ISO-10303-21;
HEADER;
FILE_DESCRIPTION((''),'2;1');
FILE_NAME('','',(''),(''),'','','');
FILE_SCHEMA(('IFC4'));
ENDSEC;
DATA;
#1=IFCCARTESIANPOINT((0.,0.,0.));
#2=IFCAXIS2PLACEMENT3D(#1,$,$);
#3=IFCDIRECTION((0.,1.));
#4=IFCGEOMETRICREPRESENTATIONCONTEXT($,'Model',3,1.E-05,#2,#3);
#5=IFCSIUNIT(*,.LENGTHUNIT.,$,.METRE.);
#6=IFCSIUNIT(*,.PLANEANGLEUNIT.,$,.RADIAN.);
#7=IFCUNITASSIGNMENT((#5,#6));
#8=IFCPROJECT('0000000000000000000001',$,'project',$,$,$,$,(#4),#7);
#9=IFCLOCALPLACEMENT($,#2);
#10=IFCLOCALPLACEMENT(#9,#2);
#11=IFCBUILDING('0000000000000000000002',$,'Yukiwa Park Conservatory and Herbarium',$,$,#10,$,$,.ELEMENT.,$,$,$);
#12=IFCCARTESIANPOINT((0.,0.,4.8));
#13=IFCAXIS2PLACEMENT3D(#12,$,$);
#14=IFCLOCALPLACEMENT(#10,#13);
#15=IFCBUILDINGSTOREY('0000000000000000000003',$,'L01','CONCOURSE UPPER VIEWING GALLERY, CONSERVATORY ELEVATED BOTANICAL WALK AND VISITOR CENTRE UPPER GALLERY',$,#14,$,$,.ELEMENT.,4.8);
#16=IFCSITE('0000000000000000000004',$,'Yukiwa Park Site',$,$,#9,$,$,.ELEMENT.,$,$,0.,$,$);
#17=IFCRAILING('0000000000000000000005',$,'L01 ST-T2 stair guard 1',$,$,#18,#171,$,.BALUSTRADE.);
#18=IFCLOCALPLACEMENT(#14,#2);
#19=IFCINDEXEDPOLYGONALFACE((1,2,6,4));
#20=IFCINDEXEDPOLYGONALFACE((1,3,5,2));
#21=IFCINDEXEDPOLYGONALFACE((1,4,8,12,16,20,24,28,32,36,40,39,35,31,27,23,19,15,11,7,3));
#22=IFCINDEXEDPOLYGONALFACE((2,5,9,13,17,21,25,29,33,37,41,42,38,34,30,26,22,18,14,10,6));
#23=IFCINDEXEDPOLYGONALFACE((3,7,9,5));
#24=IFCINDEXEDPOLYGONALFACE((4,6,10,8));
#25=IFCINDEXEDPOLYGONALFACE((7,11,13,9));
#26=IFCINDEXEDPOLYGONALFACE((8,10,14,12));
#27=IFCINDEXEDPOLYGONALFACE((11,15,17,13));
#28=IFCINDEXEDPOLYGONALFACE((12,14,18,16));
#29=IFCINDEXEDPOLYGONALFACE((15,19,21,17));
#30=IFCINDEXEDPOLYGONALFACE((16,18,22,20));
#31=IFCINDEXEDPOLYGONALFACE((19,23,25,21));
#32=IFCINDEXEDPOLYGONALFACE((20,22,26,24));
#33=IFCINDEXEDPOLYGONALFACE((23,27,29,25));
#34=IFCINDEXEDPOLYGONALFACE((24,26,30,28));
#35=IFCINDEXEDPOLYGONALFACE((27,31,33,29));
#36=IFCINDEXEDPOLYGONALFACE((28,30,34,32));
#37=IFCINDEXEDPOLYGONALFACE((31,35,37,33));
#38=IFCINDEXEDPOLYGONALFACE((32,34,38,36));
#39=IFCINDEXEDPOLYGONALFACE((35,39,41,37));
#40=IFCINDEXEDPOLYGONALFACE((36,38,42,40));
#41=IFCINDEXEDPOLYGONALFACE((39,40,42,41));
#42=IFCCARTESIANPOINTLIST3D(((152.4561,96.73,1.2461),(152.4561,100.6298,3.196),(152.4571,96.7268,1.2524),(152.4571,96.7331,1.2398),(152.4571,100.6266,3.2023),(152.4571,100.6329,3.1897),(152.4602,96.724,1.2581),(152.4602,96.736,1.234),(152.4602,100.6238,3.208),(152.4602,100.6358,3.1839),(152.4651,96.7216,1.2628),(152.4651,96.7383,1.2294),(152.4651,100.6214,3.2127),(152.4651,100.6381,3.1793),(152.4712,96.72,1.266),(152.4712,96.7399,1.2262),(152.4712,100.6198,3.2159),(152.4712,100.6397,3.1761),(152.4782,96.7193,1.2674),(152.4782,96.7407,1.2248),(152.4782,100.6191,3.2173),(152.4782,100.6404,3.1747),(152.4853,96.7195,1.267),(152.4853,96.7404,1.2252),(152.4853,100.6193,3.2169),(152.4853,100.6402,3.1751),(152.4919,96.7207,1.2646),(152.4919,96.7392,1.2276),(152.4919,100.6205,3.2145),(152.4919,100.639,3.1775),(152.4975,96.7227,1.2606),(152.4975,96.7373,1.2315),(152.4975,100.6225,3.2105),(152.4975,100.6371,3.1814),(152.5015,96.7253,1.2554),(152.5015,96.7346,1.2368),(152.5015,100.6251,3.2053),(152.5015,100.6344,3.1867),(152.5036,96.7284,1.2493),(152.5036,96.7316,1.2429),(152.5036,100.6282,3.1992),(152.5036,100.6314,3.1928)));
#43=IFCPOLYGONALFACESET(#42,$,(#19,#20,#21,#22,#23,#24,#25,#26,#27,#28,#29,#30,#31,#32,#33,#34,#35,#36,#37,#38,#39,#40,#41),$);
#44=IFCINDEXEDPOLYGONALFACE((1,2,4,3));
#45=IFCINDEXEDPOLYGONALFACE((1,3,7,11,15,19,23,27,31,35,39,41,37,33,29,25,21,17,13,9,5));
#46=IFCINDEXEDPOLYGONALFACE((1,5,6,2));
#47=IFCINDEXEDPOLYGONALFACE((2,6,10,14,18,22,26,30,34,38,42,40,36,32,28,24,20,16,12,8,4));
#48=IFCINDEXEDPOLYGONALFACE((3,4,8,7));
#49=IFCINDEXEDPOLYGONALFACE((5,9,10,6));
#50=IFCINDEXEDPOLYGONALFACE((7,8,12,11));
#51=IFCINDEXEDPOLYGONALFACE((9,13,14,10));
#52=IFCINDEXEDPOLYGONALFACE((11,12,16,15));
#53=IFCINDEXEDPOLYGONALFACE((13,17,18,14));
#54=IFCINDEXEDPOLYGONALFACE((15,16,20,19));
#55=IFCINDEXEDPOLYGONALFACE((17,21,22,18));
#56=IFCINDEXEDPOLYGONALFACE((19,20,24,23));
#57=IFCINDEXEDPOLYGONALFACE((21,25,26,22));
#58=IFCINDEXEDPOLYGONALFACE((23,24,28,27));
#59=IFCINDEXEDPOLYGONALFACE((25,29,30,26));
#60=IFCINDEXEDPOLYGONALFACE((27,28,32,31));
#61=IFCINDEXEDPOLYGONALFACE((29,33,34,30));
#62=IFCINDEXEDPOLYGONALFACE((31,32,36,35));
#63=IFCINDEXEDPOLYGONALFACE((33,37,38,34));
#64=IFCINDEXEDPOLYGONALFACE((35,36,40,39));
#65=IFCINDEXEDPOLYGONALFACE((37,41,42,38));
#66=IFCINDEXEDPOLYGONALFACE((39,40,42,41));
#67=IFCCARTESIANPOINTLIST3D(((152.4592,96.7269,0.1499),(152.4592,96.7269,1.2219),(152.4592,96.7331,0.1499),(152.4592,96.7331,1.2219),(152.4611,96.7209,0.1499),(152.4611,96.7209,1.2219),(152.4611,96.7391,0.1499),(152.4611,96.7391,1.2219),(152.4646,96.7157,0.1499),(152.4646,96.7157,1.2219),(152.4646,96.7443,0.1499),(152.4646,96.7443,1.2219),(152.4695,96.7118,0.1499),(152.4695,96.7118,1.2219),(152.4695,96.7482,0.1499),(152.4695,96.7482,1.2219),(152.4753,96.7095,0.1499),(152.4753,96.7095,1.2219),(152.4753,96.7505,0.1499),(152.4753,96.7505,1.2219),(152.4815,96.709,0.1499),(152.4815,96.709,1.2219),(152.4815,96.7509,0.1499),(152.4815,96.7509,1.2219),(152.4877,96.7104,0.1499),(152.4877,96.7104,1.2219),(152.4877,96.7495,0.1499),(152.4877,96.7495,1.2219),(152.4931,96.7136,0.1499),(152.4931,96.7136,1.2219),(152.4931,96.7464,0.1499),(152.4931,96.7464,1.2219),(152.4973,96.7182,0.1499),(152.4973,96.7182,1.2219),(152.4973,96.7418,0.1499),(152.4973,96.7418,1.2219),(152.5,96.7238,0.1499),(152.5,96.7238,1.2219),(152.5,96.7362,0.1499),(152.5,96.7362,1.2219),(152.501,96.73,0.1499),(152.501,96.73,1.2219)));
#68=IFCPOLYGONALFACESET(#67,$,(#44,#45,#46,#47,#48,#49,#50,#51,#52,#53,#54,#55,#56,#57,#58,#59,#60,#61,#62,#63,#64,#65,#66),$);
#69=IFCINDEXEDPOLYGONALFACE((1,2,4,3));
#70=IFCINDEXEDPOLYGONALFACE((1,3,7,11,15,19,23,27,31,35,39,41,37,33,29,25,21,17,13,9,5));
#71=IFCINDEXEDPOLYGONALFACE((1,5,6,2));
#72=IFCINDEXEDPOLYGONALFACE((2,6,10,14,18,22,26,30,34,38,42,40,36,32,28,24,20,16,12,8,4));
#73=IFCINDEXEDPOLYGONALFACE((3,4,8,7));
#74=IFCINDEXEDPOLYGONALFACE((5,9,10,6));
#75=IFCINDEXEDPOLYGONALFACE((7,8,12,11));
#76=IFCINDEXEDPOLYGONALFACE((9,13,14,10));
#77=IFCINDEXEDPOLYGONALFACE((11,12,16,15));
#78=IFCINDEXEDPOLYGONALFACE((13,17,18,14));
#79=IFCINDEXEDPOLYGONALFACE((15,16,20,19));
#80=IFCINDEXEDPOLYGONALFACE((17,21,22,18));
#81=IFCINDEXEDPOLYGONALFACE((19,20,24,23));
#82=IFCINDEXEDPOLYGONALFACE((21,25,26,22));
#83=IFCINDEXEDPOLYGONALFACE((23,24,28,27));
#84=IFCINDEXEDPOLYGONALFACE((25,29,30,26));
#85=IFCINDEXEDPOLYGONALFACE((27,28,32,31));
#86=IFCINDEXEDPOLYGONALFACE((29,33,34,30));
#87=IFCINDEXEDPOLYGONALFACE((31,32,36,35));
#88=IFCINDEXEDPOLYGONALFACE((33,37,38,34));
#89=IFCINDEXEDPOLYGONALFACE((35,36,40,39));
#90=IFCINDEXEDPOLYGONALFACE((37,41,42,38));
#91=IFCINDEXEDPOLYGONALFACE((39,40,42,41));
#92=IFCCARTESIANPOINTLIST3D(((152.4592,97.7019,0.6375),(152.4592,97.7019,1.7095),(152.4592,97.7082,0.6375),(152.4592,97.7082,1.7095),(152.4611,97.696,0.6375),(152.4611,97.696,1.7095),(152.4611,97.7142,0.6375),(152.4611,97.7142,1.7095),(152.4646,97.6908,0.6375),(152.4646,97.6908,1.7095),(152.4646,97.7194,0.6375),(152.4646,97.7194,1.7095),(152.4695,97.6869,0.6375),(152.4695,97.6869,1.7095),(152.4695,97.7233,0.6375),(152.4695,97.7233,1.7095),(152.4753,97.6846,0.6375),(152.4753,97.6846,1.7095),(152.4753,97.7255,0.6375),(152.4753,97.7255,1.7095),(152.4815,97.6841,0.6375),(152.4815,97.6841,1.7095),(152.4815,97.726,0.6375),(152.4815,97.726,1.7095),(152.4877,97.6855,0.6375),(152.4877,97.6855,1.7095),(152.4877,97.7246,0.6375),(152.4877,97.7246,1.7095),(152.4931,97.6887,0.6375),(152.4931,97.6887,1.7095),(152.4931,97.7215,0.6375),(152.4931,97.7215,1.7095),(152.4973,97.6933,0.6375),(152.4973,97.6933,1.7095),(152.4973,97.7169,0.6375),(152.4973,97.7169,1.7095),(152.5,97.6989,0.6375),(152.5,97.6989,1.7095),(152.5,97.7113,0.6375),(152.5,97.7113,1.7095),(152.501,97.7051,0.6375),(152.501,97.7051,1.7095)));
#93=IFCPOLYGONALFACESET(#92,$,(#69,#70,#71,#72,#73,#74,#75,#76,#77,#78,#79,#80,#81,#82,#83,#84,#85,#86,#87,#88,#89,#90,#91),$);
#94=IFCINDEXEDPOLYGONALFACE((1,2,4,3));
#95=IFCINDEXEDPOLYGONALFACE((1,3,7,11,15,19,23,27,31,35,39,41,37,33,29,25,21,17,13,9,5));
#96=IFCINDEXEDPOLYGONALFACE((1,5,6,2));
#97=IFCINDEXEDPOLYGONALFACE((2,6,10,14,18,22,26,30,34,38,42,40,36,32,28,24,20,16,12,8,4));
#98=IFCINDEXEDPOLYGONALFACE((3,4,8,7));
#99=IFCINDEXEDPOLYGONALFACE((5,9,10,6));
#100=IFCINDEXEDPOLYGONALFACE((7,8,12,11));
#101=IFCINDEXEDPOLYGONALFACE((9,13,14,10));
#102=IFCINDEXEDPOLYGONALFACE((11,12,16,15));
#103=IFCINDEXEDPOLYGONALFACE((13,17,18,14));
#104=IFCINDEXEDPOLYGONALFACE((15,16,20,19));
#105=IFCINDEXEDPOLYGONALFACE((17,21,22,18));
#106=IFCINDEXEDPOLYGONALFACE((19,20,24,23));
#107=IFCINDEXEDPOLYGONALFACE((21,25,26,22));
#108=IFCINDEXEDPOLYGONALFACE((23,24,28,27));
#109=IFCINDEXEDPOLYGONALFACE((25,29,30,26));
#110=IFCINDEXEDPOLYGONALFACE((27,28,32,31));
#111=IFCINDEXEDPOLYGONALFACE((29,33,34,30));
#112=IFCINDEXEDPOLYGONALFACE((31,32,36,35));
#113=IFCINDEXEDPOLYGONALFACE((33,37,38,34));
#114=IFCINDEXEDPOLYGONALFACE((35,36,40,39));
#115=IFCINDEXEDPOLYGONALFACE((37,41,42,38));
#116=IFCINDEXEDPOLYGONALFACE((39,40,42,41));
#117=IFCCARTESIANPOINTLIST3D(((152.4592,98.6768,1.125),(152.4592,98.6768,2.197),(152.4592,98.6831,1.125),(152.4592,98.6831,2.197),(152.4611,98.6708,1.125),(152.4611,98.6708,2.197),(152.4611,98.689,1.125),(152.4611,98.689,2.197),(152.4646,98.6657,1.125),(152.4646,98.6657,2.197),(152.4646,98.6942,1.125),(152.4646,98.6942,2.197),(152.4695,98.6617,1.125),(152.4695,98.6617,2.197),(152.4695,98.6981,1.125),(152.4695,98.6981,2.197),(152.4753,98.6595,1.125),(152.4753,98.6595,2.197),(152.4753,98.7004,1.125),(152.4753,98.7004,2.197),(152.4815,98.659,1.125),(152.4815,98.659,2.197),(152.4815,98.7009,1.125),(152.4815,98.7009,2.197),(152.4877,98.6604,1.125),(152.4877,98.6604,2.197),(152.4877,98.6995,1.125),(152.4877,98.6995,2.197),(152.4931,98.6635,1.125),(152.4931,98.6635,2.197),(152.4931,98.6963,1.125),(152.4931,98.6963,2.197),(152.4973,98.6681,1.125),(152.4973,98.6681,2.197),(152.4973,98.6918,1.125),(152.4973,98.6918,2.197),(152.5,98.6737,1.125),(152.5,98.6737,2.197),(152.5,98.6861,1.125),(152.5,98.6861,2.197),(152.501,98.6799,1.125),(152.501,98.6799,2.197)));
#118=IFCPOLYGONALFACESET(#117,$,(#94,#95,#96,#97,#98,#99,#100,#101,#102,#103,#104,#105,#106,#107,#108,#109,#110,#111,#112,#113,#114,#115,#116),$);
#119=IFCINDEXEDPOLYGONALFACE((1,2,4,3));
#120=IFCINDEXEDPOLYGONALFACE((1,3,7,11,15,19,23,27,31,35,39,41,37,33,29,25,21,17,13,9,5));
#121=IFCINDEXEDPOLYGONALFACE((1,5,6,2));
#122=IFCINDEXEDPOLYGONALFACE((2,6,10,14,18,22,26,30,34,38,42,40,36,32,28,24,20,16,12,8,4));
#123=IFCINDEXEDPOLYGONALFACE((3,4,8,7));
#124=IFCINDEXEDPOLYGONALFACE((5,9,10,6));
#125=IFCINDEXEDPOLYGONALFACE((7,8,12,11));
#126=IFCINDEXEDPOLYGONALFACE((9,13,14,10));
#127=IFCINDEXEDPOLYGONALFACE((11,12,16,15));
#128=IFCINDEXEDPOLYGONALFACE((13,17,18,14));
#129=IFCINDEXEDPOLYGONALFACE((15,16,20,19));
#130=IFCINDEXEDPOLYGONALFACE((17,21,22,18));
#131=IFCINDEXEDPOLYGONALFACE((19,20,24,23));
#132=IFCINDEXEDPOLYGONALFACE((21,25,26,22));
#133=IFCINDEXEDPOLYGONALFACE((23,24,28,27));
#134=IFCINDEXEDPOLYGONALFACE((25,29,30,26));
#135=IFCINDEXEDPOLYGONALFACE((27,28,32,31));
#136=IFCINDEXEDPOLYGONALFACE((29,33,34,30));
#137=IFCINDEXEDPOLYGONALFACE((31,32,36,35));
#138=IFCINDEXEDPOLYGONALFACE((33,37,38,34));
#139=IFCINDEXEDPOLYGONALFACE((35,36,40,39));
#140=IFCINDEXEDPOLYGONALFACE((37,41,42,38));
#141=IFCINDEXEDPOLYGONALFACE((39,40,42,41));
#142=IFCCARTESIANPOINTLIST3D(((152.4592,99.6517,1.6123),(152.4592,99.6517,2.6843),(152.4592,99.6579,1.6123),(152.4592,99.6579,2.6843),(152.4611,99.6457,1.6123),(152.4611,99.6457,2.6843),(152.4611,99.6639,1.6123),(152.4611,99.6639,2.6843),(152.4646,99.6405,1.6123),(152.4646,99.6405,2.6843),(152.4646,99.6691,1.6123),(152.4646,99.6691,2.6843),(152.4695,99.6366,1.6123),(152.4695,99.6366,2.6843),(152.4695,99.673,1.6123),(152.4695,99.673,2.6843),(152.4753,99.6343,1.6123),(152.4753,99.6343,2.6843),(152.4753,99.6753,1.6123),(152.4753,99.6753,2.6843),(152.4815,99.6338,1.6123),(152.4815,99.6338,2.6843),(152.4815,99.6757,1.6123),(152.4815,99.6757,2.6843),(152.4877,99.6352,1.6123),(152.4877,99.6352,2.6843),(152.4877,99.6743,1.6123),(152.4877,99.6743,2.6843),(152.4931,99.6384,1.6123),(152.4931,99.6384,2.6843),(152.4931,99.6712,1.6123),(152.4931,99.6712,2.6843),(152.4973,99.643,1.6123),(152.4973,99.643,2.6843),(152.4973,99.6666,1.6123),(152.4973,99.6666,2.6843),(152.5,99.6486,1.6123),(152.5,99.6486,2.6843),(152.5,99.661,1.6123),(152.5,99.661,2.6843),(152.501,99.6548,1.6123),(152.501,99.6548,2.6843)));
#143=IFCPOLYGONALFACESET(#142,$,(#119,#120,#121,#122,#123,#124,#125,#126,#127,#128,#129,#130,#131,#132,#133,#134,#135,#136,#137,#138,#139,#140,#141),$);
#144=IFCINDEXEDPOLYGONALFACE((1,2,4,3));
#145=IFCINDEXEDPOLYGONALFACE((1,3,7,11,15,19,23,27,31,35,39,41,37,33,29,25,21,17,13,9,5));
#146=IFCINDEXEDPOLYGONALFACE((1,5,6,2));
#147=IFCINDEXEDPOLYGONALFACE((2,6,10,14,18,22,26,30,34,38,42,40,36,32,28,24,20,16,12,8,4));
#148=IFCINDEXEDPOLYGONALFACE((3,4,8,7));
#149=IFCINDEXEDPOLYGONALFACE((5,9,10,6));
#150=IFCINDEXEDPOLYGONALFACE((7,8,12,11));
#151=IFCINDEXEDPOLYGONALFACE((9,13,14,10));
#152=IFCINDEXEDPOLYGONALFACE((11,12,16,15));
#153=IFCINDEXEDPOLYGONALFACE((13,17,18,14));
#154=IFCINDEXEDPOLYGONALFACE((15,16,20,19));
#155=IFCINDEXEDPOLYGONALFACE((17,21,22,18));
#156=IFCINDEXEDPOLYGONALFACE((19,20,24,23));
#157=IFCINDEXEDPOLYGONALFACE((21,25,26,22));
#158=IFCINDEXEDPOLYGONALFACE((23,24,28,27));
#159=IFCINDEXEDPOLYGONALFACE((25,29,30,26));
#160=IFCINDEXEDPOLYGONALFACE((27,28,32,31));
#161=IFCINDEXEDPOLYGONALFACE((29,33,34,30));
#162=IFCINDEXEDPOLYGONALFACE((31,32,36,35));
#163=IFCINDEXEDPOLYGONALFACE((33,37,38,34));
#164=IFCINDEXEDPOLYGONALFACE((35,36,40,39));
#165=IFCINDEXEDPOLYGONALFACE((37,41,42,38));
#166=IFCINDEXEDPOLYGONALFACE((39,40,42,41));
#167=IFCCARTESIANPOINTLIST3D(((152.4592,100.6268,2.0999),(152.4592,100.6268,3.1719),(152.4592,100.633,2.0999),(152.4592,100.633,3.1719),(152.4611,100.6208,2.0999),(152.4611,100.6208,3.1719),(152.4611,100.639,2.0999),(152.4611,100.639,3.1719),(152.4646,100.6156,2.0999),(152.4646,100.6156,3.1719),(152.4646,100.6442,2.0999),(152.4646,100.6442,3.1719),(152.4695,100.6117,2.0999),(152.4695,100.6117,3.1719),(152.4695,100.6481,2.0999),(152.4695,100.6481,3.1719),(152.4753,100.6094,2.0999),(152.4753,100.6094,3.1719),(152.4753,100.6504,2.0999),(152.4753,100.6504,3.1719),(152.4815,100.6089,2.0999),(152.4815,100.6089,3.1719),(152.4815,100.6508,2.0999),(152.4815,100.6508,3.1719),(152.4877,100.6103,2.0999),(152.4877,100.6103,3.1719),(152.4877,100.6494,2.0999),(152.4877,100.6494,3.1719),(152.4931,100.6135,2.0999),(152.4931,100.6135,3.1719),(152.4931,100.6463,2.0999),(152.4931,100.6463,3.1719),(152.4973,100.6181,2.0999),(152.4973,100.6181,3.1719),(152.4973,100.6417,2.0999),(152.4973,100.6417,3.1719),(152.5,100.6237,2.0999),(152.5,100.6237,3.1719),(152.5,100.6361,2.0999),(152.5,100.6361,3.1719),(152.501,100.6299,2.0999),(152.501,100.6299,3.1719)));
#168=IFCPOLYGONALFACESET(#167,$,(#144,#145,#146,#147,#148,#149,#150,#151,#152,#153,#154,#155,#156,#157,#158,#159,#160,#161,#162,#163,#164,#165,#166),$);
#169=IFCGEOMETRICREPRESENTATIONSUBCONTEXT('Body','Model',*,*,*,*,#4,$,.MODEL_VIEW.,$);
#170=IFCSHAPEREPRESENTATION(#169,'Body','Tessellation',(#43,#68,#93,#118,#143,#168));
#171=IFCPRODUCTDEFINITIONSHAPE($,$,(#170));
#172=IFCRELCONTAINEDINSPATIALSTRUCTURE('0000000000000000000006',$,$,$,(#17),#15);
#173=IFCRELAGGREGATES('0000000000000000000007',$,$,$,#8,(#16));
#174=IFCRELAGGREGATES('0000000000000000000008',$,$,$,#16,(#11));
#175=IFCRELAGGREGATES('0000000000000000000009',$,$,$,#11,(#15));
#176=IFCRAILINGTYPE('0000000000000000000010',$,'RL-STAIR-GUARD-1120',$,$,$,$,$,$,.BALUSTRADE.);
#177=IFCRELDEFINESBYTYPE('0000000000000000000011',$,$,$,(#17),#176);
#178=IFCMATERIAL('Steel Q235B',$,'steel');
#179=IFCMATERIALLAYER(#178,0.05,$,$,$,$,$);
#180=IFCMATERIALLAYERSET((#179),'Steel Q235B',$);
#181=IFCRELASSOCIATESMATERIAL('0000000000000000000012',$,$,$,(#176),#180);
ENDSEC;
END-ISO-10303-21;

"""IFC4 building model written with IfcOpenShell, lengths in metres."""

from ifc_helpers import new_model, si_unit, direction, frame, origin, origin_2d, place, context, subcontext, project, spatial, circle, extrude, material, layer, layer_set, type_object, element, save


model = new_model("IFC4")

# Units and contexts
model_context = context("Model", 3, precision=1e-05, world=origin(), true_north=direction((0.0, 1.0)))
body_context = subcontext(model_context, "Body", "Model", "MODEL_VIEW")
ifc_project = project(units=[si_unit("LENGTHUNIT", "METRE"), si_unit("PLANEANGLEUNIT", "RADIAN")], contexts=[model_context])

# Site, building, storey
site_placement = place(None, origin())
site = spatial("IfcSite", under=ifc_project, at=site_placement, Name="Yukiwa Park Site", CompositionType="ELEMENT", RefElevation=0.0)
building_placement = place(site_placement, origin())
building = spatial("IfcBuilding", under=site, at=building_placement, Name="Yukiwa Park Conservatory and Herbarium", CompositionType="ELEMENT")
storey_placement = place(building_placement, frame((0.0, 0.0, 4.8)))
storey = spatial("IfcBuildingStorey", under=building, at=storey_placement, Name="L01", Description="CONCOURSE UPPER VIEWING GALLERY, CONSERVATORY ELEVATED BOTANICAL WALK AND VISITOR CENTRE UPPER GALLERY", CompositionType="ELEMENT", Elevation=4.8)

# Railing
ifc_material_1 = material(Name="Steel Q235B", Category="steel")
ifc_layer_1 = layer(ifc_material_1, 0.05)
ifc_layer_set_1 = layer_set([ifc_layer_1], Name="Steel Q235B")
railing_type = type_object("IfcRailingType", Name="RL-STAIR-GUARD-1120", PredefinedType="BALUSTRADE", material=ifc_layer_set_1)
railing_1_placement = place(storey_placement, frame((152.48, 96.73, 0.1499)))
element("IfcRailing", 1, at=railing_1_placement, inside=storey, type_object=railing_type, Name="L01 ST-T2 stair guard 1", PredefinedType="BALUSTRADE", context=body_context, shape_type="SweptSolid", body=[
    extrude(circle(Radius=0.0239, at=origin_2d()), frame((0.0, 0.0, 1.0962), z_axis=(0.0, 0.894427, 0.447214), x_axis=(-1.0, 0.0, 0.0)), (0.0, 0.0, 1.0), 4.3601),
    extrude(circle(Radius=0.021, at=origin_2d()), origin(), (0.0, 0.0, 1.0), 1.072),
    extrude(circle(Radius=0.021, at=origin_2d()), frame((0.0, 0.9751, 0.4875)), (0.0, 0.0, 1.0), 1.072),
    extrude(circle(Radius=0.021, at=origin_2d()), frame((0.0, 1.95, 0.9751)), (0.0, 0.0, 1.0), 1.072),
    extrude(circle(Radius=0.021, at=origin_2d()), frame((0.0, 2.9248, 1.4624)), (0.0, 0.0, 1.0), 1.072),
    extrude(circle(Radius=0.021, at=origin_2d()), frame((0.0, 3.8999, 1.95)), (0.0, 0.0, 1.0), 1.072),
])

save(model, "model.ifc")
